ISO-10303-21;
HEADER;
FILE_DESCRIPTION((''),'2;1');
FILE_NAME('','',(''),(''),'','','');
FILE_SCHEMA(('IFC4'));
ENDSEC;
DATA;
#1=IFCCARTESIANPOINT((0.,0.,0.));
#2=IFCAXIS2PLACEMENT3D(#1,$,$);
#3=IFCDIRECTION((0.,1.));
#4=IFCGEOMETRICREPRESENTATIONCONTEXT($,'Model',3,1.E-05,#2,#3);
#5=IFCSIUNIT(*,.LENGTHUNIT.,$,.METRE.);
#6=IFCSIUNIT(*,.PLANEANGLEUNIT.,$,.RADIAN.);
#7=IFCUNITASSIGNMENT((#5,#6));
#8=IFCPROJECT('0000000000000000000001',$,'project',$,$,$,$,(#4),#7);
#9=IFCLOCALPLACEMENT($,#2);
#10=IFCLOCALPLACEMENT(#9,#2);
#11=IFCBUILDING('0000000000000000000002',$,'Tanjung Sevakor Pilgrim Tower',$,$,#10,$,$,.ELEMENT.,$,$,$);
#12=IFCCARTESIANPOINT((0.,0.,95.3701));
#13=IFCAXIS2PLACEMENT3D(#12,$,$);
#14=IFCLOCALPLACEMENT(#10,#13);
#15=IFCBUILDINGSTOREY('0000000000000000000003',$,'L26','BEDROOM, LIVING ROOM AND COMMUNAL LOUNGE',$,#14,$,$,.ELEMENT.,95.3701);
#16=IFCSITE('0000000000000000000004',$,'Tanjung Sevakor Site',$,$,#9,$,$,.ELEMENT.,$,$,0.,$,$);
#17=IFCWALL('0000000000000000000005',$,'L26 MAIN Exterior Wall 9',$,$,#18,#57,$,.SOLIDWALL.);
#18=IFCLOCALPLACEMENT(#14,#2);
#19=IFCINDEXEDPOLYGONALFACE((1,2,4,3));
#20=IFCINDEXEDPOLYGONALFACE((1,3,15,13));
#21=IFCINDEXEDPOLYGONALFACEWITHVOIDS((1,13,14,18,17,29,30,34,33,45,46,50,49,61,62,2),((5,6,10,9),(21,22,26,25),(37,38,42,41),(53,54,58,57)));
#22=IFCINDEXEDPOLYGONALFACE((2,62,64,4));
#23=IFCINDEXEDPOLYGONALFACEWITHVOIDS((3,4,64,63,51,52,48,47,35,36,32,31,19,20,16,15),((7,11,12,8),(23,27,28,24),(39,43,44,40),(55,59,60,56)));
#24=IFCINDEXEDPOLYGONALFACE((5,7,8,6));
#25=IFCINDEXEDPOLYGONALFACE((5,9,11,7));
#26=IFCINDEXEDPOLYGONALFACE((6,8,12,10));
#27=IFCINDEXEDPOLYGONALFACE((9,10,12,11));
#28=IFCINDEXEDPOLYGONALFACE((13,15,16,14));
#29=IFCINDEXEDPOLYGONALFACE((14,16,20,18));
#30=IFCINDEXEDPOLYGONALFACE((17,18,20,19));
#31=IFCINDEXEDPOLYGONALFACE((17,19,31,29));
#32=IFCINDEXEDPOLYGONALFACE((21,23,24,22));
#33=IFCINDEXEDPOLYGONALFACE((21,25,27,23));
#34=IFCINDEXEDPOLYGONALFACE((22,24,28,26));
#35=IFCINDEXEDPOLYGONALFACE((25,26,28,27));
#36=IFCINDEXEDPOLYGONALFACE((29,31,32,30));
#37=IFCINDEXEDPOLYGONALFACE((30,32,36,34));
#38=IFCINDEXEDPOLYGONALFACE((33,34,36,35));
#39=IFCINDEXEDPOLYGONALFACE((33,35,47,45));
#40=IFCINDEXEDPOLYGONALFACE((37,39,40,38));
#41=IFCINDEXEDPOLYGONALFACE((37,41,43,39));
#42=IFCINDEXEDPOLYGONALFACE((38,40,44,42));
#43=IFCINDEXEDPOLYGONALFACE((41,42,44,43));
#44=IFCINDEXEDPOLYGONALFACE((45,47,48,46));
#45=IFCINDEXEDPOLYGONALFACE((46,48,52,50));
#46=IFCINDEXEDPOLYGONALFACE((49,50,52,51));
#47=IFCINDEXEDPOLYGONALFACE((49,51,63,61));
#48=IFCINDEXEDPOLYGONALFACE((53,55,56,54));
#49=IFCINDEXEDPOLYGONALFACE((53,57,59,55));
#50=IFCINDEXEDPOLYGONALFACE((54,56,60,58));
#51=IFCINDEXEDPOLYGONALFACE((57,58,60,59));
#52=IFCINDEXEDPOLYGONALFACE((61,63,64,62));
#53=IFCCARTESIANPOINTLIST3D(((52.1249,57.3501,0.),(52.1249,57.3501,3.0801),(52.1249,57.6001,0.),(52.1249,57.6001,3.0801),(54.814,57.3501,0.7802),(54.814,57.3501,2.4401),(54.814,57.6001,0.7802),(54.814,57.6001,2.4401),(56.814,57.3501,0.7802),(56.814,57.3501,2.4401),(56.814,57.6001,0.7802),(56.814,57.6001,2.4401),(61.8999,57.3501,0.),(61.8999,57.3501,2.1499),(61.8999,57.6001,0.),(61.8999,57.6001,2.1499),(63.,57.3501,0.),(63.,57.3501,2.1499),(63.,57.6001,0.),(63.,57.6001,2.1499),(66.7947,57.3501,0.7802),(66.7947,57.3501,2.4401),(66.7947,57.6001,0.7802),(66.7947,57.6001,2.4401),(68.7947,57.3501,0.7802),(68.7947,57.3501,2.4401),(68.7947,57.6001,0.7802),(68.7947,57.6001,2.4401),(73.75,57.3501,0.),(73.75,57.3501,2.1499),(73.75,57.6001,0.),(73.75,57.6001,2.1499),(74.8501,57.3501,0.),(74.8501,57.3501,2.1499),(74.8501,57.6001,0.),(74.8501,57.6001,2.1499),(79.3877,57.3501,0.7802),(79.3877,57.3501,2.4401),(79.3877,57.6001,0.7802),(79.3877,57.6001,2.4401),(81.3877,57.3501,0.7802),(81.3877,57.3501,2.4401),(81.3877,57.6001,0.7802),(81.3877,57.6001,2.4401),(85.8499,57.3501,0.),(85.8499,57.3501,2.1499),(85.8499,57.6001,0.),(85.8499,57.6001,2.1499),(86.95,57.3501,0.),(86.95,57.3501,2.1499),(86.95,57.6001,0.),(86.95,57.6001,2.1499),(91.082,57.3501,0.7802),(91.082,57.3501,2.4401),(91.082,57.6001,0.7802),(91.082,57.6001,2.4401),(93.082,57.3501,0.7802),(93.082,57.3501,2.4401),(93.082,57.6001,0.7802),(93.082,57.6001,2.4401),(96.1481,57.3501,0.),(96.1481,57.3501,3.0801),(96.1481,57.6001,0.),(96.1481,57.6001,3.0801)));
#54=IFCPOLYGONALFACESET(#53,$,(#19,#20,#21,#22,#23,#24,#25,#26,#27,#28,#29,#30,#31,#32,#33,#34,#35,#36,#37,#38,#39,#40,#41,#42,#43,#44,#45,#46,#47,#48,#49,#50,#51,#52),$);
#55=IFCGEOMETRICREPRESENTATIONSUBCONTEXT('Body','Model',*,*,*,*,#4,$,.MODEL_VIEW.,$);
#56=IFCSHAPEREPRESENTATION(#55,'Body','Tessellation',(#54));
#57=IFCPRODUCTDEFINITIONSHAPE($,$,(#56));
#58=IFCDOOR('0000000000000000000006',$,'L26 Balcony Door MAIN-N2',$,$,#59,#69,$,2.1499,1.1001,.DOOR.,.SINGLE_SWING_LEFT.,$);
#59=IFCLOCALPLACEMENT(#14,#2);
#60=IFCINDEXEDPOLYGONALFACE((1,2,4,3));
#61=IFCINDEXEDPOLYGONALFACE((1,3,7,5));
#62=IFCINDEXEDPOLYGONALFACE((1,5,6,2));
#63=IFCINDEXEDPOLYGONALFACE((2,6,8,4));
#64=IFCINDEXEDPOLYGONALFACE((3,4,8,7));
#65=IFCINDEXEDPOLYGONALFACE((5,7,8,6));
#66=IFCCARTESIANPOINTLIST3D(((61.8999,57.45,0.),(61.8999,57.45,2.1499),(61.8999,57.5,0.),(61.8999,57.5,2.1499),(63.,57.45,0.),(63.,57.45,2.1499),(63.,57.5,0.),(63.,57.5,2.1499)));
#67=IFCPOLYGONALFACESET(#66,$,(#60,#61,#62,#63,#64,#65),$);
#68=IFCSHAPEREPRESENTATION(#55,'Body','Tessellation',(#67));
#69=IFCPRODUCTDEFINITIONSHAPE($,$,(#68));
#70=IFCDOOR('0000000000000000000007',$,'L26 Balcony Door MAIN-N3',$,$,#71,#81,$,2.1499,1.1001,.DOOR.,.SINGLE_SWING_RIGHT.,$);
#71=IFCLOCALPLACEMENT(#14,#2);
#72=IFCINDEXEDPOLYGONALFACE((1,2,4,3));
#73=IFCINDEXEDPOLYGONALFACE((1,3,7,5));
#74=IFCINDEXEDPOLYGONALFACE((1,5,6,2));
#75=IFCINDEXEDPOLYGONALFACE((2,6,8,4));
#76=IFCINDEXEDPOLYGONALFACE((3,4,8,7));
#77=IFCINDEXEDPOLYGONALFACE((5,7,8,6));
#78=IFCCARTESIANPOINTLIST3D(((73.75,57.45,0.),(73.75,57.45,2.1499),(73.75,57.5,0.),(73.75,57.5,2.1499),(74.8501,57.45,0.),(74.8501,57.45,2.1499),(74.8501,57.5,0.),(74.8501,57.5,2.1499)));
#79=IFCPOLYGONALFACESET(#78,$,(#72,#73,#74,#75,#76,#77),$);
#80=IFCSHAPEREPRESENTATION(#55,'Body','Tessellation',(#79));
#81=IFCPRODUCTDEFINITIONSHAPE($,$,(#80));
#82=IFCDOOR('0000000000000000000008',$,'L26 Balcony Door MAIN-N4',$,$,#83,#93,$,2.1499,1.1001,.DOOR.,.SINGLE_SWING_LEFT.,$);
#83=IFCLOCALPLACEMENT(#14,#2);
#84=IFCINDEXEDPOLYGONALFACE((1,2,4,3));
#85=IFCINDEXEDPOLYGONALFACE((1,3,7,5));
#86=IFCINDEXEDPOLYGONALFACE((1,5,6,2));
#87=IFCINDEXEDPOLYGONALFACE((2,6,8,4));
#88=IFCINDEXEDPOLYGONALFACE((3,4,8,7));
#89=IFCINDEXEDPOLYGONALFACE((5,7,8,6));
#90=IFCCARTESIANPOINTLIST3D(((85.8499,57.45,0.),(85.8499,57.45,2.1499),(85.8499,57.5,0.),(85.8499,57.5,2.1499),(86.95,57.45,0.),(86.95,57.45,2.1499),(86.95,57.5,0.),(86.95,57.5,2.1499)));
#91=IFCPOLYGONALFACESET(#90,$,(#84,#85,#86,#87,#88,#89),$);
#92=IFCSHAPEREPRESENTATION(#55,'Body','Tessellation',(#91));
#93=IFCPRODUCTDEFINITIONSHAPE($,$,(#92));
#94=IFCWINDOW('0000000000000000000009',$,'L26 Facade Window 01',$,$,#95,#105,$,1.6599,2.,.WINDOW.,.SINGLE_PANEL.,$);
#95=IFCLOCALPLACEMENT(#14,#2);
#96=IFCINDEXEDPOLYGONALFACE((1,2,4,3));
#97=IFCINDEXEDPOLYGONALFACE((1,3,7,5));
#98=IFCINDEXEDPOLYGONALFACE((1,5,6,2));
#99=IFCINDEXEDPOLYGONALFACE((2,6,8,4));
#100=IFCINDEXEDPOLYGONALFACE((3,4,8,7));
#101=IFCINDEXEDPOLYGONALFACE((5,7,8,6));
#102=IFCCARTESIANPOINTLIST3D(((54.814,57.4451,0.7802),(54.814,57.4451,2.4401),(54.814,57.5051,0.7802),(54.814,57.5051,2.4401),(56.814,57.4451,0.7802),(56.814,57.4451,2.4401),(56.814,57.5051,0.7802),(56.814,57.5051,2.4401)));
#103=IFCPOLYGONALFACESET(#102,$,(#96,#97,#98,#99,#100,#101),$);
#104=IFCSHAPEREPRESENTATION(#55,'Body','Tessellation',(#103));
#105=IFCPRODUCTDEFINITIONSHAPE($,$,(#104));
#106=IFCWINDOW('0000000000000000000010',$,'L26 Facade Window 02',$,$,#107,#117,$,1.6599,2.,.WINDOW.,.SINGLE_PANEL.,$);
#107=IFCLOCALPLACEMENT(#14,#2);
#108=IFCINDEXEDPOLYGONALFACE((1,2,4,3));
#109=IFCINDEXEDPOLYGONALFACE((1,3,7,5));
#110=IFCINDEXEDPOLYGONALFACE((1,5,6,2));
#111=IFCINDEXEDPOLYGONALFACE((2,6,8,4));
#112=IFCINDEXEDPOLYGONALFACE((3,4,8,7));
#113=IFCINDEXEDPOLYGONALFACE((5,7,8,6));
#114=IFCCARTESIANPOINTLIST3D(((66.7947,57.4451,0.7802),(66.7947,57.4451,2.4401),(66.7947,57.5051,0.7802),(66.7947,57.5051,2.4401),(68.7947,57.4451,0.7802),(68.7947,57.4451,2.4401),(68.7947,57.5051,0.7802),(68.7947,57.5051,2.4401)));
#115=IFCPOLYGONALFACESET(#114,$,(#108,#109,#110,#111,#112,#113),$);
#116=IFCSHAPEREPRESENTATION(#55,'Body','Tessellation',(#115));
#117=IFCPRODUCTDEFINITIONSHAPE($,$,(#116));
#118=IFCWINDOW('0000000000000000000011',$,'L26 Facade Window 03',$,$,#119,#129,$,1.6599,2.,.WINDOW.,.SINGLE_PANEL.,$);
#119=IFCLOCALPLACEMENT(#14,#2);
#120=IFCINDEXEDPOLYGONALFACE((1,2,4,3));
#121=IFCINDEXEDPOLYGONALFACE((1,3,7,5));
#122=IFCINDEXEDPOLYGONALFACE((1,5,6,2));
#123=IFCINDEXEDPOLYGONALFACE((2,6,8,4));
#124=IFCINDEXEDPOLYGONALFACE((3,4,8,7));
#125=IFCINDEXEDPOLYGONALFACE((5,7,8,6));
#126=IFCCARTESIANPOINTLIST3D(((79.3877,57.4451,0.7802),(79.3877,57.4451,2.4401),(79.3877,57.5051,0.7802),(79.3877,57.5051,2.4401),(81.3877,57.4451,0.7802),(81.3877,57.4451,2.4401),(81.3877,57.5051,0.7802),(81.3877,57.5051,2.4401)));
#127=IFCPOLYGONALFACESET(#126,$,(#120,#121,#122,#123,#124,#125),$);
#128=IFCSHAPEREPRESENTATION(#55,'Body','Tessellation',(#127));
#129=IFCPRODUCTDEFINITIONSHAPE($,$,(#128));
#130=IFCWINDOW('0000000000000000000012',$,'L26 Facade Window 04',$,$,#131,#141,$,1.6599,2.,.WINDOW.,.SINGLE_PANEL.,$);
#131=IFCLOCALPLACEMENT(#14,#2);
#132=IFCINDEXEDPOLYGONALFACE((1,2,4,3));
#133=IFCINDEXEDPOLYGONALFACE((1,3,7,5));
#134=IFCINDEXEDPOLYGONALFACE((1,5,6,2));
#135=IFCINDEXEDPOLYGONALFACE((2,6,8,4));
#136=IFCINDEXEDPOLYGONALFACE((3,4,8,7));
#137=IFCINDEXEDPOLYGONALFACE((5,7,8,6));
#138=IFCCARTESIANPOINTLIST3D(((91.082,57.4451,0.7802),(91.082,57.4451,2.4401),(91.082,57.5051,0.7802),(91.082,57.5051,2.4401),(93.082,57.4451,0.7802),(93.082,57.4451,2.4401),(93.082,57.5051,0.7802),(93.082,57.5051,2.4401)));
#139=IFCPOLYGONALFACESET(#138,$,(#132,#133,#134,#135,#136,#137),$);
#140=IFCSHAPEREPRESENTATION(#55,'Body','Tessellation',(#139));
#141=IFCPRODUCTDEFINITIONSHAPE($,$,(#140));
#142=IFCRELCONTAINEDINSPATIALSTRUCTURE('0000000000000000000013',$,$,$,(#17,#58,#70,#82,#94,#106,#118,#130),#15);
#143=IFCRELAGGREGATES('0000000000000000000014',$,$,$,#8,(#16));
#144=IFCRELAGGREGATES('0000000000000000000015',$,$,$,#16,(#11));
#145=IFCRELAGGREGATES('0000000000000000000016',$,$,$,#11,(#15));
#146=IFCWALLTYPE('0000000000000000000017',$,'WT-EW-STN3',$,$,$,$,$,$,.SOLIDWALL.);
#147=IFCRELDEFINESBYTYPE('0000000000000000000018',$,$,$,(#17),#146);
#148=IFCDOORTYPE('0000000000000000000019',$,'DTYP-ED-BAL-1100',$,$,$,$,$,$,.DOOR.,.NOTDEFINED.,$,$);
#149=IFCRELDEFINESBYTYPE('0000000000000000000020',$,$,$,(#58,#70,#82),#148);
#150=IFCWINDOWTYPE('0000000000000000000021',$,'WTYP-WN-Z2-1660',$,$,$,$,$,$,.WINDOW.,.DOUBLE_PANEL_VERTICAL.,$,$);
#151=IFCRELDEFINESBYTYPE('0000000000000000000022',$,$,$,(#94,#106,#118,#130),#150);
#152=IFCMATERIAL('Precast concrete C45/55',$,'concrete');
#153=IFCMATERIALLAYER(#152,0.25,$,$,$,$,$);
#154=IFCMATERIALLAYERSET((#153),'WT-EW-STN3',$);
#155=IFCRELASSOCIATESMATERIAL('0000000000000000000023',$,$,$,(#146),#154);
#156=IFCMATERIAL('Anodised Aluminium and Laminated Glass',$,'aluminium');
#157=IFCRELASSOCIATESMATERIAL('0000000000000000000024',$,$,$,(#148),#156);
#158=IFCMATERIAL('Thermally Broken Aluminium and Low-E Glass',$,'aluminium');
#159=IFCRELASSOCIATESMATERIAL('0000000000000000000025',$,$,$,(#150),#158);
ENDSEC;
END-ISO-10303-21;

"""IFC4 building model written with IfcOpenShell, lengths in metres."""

from ifc_helpers import new_model, si_unit, direction, frame, frame_2d, origin, place, context, subcontext, project, spatial, rectangle, extrude, material, layer, layer_set, type_object, element, fill, save


model = new_model("IFC4")

# Units and contexts
model_context = context("Model", 3, precision=1e-05, world=origin(), true_north=direction((0.0, 1.0)))
body_context = subcontext(model_context, "Body", "Model", "MODEL_VIEW")
ifc_project = project(units=[si_unit("LENGTHUNIT", "METRE"), si_unit("PLANEANGLEUNIT", "RADIAN")], contexts=[model_context])

# Site, building, storey
site_placement = place(None, origin())
site = spatial("IfcSite", under=ifc_project, at=site_placement, Name="Tanjung Sevakor Site", CompositionType="ELEMENT", RefElevation=0.0)
building_placement = place(site_placement, origin())
building = spatial("IfcBuilding", under=site, at=building_placement, Name="Tanjung Sevakor Pilgrim Tower", CompositionType="ELEMENT")
storey_placement = place(building_placement, frame((0.0, 0.0, 95.3701)))
storey = spatial("IfcBuildingStorey", under=building, at=storey_placement, Name="L26", Description="BEDROOM, LIVING ROOM AND COMMUNAL LOUNGE", CompositionType="ELEMENT", Elevation=95.3701)

# Wall, openings, doors, windows
ifc_material_1 = material(Name="Precast concrete C45/55", Category="concrete")
ifc_layer_1 = layer(ifc_material_1, 0.25)
ifc_layer_set_1 = layer_set([ifc_layer_1], Name="WT-EW-STN3")
wall_type_1 = type_object("IfcWallType", Name="WT-EW-STN3", PredefinedType="SOLIDWALL", material=ifc_layer_set_1)
wall_1_placement = place(storey_placement, frame((96.1482, 57.4751, 0.0), z_axis=(0.0, 0.0, 1.0), x_axis=(-1.0, 0.0, 0.0)))
wall_1 = element("IfcWall", 1, at=wall_1_placement, inside=storey, type_object=wall_type_1, Name="L26 MAIN Exterior Wall 9", PredefinedType="SOLIDWALL", context=body_context, shape_type="SweptSolid", body=[
    extrude(rectangle(XDim=44.0232, YDim=0.25, at=frame_2d((22.0117, 0.0))), origin(), (0.0, 0.0, 1.0), 3.0801),
])
opening_1_placement = place(wall_1_placement, frame((33.1482, 0.0, 0.0)))
opening_1 = element("IfcOpeningElement", 2, at=opening_1_placement, cuts=wall_1, PredefinedType="OPENING", context=body_context, shape_type="SweptSolid", body=[
    extrude(rectangle(XDim=1.1001, YDim=2.1499, at=frame_2d((0.55, 1.075))), frame((0.0, 0.135, 0.0), z_axis=(0.0, -1.0, 0.0), x_axis=(1.0, 0.0, 0.0)), (0.0, 0.0, 1.0), 0.27),
])
opening_2_placement = place(wall_1_placement, frame((21.2981, 0.0, 0.0)))
opening_2 = element("IfcOpeningElement", 3, at=opening_2_placement, cuts=wall_1, PredefinedType="OPENING", context=body_context, shape_type="SweptSolid", body=[
    extrude(rectangle(XDim=1.1001, YDim=2.1499, at=frame_2d((0.55, 1.075))), frame((0.0, 0.135, 0.0), z_axis=(0.0, -1.0, 0.0), x_axis=(1.0, 0.0, 0.0)), (0.0, 0.0, 1.0), 0.27),
])
opening_3_placement = place(wall_1_placement, frame((9.1982, 0.0, 0.0)))
opening_3 = element("IfcOpeningElement", 4, at=opening_3_placement, cuts=wall_1, PredefinedType="OPENING", context=body_context, shape_type="SweptSolid", body=[
    extrude(rectangle(XDim=1.1001, YDim=2.1499, at=frame_2d((0.55, 1.075))), frame((0.0, 0.135, 0.0), z_axis=(0.0, -1.0, 0.0), x_axis=(1.0, 0.0, 0.0)), (0.0, 0.0, 1.0), 0.27),
])
opening_4_placement = place(wall_1_placement, frame((39.3342, 0.0, 0.78)))
opening_4 = element("IfcOpeningElement", 5, at=opening_4_placement, cuts=wall_1, PredefinedType="OPENING", context=body_context, shape_type="SweptSolid", body=[
    extrude(rectangle(XDim=2.0, YDim=1.6599, at=frame_2d((1.0, 0.8301))), frame((0.0, 0.135, 0.0), z_axis=(0.0, -1.0, 0.0), x_axis=(1.0, 0.0, 0.0)), (0.0, 0.0, 1.0), 0.27),
])
opening_5_placement = place(wall_1_placement, frame((27.3535, 0.0, 0.78)))
opening_5 = element("IfcOpeningElement", 6, at=opening_5_placement, cuts=wall_1, PredefinedType="OPENING", context=body_context, shape_type="SweptSolid", body=[
    extrude(rectangle(XDim=2.0, YDim=1.6599, at=frame_2d((1.0, 0.8301))), frame((0.0, 0.135, 0.0), z_axis=(0.0, -1.0, 0.0), x_axis=(1.0, 0.0, 0.0)), (0.0, 0.0, 1.0), 0.27),
])
opening_6_placement = place(wall_1_placement, frame((14.7605, 0.0, 0.78)))
opening_6 = element("IfcOpeningElement", 7, at=opening_6_placement, cuts=wall_1, PredefinedType="OPENING", context=body_context, shape_type="SweptSolid", body=[
    extrude(rectangle(XDim=2.0, YDim=1.6599, at=frame_2d((1.0, 0.8301))), frame((0.0, 0.135, 0.0), z_axis=(0.0, -1.0, 0.0), x_axis=(1.0, 0.0, 0.0)), (0.0, 0.0, 1.0), 0.27),
])
opening_7_placement = place(wall_1_placement, frame((3.0662, 0.0, 0.78)))
opening_7 = element("IfcOpeningElement", 8, at=opening_7_placement, cuts=wall_1, PredefinedType="OPENING", context=body_context, shape_type="SweptSolid", body=[
    extrude(rectangle(XDim=2.0, YDim=1.6599, at=frame_2d((1.0, 0.8301))), frame((0.0, 0.135, 0.0), z_axis=(0.0, -1.0, 0.0), x_axis=(1.0, 0.0, 0.0)), (0.0, 0.0, 1.0), 0.27),
])
ifc_material_2 = material(Name="Anodised Aluminium and Laminated Glass", Category="aluminium")
door_type_1 = type_object("IfcDoorType", Name="DTYP-ED-BAL-1100", OperationType="NOTDEFINED", PredefinedType="DOOR", material=ifc_material_2)
door_1_placement = place(opening_1_placement, frame((1.1001, 0.0, 0.0), z_axis=(0.0, 0.0, 1.0), x_axis=(-1.0, 0.0, 0.0)))
door_1 = element("IfcDoor", 9, at=door_1_placement, inside=storey, type_object=door_type_1, Name="L26 Balcony Door MAIN-N2", OperationType="SINGLE_SWING_LEFT", OverallHeight=2.1499, OverallWidth=1.1001, PredefinedType="DOOR", context=body_context, shape_type="SweptSolid", body=[
    extrude(rectangle(XDim=1.1001, YDim=2.1499, at=frame_2d((0.55, 1.075))), frame((0.0, 0.0249, 0.0), z_axis=(0.0, -1.0, 0.0), x_axis=(1.0, 0.0, 0.0)), (0.0, 0.0, 1.0), 0.05),
])
fill(opening_1, door_1)
door_2_placement = place(opening_2_placement, frame((1.1001, 0.0, 0.0), z_axis=(0.0, 0.0, 1.0), x_axis=(-1.0, 0.0, 0.0)))
door_2 = element("IfcDoor", 10, at=door_2_placement, inside=storey, type_object=door_type_1, Name="L26 Balcony Door MAIN-N3", OperationType="SINGLE_SWING_RIGHT", OverallHeight=2.1499, OverallWidth=1.1001, PredefinedType="DOOR", context=body_context, shape_type="SweptSolid", body=[
    extrude(rectangle(XDim=1.1001, YDim=2.1499, at=frame_2d((0.55, 1.075))), frame((0.0, 0.0249, 0.0), z_axis=(0.0, -1.0, 0.0), x_axis=(1.0, 0.0, 0.0)), (0.0, 0.0, 1.0), 0.05),
])
fill(opening_2, door_2)
door_3_placement = place(opening_3_placement, frame((1.1001, 0.0, 0.0), z_axis=(0.0, 0.0, 1.0), x_axis=(-1.0, 0.0, 0.0)))
door_3 = element("IfcDoor", 11, at=door_3_placement, inside=storey, type_object=door_type_1, Name="L26 Balcony Door MAIN-N4", OperationType="SINGLE_SWING_LEFT", OverallHeight=2.1499, OverallWidth=1.1001, PredefinedType="DOOR", context=body_context, shape_type="SweptSolid", body=[
    extrude(rectangle(XDim=1.1001, YDim=2.1499, at=frame_2d((0.55, 1.075))), frame((0.0, 0.0249, 0.0), z_axis=(0.0, -1.0, 0.0), x_axis=(1.0, 0.0, 0.0)), (0.0, 0.0, 1.0), 0.05),
])
fill(opening_3, door_3)
ifc_material_3 = material(Name="Thermally Broken Aluminium and Low-E Glass", Category="aluminium")
window_type = type_object("IfcWindowType", Name="WTYP-WN-Z2-1660", PartitioningType="DOUBLE_PANEL_VERTICAL", PredefinedType="WINDOW", material=ifc_material_3)
window_1_placement = place(opening_4_placement, origin())
window_1 = element("IfcWindow", 12, at=window_1_placement, inside=storey, type_object=window_type, Name="L26 Facade Window 01", OverallHeight=1.6599, OverallWidth=2.0, PartitioningType="SINGLE_PANEL", PredefinedType="WINDOW", context=body_context, shape_type="SweptSolid", body=[
    extrude(rectangle(XDim=2.0, YDim=1.6599, at=frame_2d((1.0, 0.8301))), frame((0.0, 0.03, 0.0), z_axis=(0.0, -1.0, 0.0), x_axis=(1.0, 0.0, 0.0)), (0.0, 0.0, 1.0), 0.0601),
])
fill(opening_4, window_1)
window_2_placement = place(opening_5_placement, origin())
window_2 = element("IfcWindow", 13, at=window_2_placement, inside=storey, type_object=window_type, Name="L26 Facade Window 02", OverallHeight=1.6599, OverallWidth=2.0, PartitioningType="SINGLE_PANEL", PredefinedType="WINDOW", context=body_context, shape_type="SweptSolid", body=[
    extrude(rectangle(XDim=2.0, YDim=1.6599, at=frame_2d((1.0, 0.8301))), frame((0.0, 0.03, 0.0), z_axis=(0.0, -1.0, 0.0), x_axis=(1.0, 0.0, 0.0)), (0.0, 0.0, 1.0), 0.0601),
])
fill(opening_5, window_2)
window_3_placement = place(opening_6_placement, origin())
window_3 = element("IfcWindow", 14, at=window_3_placement, inside=storey, type_object=window_type, Name="L26 Facade Window 03", OverallHeight=1.6599, OverallWidth=2.0, PartitioningType="SINGLE_PANEL", PredefinedType="WINDOW", context=body_context, shape_type="SweptSolid", body=[
    extrude(rectangle(XDim=2.0, YDim=1.6599, at=frame_2d((1.0, 0.8301))), frame((0.0, 0.03, 0.0), z_axis=(0.0, -1.0, 0.0), x_axis=(1.0, 0.0, 0.0)), (0.0, 0.0, 1.0), 0.0601),
])
fill(opening_6, window_3)
window_4_placement = place(opening_7_placement, origin())
window_4 = element("IfcWindow", 15, at=window_4_placement, inside=storey, type_object=window_type, Name="L26 Facade Window 04", OverallHeight=1.6599, OverallWidth=2.0, PartitioningType="SINGLE_PANEL", PredefinedType="WINDOW", context=body_context, shape_type="SweptSolid", body=[
    extrude(rectangle(XDim=2.0, YDim=1.6599, at=frame_2d((1.0, 0.8301))), frame((0.0, 0.03, 0.0), z_axis=(0.0, -1.0, 0.0), x_axis=(1.0, 0.0, 0.0)), (0.0, 0.0, 1.0), 0.0601),
])
fill(opening_7, window_4)

save(model, "model.ifc")
